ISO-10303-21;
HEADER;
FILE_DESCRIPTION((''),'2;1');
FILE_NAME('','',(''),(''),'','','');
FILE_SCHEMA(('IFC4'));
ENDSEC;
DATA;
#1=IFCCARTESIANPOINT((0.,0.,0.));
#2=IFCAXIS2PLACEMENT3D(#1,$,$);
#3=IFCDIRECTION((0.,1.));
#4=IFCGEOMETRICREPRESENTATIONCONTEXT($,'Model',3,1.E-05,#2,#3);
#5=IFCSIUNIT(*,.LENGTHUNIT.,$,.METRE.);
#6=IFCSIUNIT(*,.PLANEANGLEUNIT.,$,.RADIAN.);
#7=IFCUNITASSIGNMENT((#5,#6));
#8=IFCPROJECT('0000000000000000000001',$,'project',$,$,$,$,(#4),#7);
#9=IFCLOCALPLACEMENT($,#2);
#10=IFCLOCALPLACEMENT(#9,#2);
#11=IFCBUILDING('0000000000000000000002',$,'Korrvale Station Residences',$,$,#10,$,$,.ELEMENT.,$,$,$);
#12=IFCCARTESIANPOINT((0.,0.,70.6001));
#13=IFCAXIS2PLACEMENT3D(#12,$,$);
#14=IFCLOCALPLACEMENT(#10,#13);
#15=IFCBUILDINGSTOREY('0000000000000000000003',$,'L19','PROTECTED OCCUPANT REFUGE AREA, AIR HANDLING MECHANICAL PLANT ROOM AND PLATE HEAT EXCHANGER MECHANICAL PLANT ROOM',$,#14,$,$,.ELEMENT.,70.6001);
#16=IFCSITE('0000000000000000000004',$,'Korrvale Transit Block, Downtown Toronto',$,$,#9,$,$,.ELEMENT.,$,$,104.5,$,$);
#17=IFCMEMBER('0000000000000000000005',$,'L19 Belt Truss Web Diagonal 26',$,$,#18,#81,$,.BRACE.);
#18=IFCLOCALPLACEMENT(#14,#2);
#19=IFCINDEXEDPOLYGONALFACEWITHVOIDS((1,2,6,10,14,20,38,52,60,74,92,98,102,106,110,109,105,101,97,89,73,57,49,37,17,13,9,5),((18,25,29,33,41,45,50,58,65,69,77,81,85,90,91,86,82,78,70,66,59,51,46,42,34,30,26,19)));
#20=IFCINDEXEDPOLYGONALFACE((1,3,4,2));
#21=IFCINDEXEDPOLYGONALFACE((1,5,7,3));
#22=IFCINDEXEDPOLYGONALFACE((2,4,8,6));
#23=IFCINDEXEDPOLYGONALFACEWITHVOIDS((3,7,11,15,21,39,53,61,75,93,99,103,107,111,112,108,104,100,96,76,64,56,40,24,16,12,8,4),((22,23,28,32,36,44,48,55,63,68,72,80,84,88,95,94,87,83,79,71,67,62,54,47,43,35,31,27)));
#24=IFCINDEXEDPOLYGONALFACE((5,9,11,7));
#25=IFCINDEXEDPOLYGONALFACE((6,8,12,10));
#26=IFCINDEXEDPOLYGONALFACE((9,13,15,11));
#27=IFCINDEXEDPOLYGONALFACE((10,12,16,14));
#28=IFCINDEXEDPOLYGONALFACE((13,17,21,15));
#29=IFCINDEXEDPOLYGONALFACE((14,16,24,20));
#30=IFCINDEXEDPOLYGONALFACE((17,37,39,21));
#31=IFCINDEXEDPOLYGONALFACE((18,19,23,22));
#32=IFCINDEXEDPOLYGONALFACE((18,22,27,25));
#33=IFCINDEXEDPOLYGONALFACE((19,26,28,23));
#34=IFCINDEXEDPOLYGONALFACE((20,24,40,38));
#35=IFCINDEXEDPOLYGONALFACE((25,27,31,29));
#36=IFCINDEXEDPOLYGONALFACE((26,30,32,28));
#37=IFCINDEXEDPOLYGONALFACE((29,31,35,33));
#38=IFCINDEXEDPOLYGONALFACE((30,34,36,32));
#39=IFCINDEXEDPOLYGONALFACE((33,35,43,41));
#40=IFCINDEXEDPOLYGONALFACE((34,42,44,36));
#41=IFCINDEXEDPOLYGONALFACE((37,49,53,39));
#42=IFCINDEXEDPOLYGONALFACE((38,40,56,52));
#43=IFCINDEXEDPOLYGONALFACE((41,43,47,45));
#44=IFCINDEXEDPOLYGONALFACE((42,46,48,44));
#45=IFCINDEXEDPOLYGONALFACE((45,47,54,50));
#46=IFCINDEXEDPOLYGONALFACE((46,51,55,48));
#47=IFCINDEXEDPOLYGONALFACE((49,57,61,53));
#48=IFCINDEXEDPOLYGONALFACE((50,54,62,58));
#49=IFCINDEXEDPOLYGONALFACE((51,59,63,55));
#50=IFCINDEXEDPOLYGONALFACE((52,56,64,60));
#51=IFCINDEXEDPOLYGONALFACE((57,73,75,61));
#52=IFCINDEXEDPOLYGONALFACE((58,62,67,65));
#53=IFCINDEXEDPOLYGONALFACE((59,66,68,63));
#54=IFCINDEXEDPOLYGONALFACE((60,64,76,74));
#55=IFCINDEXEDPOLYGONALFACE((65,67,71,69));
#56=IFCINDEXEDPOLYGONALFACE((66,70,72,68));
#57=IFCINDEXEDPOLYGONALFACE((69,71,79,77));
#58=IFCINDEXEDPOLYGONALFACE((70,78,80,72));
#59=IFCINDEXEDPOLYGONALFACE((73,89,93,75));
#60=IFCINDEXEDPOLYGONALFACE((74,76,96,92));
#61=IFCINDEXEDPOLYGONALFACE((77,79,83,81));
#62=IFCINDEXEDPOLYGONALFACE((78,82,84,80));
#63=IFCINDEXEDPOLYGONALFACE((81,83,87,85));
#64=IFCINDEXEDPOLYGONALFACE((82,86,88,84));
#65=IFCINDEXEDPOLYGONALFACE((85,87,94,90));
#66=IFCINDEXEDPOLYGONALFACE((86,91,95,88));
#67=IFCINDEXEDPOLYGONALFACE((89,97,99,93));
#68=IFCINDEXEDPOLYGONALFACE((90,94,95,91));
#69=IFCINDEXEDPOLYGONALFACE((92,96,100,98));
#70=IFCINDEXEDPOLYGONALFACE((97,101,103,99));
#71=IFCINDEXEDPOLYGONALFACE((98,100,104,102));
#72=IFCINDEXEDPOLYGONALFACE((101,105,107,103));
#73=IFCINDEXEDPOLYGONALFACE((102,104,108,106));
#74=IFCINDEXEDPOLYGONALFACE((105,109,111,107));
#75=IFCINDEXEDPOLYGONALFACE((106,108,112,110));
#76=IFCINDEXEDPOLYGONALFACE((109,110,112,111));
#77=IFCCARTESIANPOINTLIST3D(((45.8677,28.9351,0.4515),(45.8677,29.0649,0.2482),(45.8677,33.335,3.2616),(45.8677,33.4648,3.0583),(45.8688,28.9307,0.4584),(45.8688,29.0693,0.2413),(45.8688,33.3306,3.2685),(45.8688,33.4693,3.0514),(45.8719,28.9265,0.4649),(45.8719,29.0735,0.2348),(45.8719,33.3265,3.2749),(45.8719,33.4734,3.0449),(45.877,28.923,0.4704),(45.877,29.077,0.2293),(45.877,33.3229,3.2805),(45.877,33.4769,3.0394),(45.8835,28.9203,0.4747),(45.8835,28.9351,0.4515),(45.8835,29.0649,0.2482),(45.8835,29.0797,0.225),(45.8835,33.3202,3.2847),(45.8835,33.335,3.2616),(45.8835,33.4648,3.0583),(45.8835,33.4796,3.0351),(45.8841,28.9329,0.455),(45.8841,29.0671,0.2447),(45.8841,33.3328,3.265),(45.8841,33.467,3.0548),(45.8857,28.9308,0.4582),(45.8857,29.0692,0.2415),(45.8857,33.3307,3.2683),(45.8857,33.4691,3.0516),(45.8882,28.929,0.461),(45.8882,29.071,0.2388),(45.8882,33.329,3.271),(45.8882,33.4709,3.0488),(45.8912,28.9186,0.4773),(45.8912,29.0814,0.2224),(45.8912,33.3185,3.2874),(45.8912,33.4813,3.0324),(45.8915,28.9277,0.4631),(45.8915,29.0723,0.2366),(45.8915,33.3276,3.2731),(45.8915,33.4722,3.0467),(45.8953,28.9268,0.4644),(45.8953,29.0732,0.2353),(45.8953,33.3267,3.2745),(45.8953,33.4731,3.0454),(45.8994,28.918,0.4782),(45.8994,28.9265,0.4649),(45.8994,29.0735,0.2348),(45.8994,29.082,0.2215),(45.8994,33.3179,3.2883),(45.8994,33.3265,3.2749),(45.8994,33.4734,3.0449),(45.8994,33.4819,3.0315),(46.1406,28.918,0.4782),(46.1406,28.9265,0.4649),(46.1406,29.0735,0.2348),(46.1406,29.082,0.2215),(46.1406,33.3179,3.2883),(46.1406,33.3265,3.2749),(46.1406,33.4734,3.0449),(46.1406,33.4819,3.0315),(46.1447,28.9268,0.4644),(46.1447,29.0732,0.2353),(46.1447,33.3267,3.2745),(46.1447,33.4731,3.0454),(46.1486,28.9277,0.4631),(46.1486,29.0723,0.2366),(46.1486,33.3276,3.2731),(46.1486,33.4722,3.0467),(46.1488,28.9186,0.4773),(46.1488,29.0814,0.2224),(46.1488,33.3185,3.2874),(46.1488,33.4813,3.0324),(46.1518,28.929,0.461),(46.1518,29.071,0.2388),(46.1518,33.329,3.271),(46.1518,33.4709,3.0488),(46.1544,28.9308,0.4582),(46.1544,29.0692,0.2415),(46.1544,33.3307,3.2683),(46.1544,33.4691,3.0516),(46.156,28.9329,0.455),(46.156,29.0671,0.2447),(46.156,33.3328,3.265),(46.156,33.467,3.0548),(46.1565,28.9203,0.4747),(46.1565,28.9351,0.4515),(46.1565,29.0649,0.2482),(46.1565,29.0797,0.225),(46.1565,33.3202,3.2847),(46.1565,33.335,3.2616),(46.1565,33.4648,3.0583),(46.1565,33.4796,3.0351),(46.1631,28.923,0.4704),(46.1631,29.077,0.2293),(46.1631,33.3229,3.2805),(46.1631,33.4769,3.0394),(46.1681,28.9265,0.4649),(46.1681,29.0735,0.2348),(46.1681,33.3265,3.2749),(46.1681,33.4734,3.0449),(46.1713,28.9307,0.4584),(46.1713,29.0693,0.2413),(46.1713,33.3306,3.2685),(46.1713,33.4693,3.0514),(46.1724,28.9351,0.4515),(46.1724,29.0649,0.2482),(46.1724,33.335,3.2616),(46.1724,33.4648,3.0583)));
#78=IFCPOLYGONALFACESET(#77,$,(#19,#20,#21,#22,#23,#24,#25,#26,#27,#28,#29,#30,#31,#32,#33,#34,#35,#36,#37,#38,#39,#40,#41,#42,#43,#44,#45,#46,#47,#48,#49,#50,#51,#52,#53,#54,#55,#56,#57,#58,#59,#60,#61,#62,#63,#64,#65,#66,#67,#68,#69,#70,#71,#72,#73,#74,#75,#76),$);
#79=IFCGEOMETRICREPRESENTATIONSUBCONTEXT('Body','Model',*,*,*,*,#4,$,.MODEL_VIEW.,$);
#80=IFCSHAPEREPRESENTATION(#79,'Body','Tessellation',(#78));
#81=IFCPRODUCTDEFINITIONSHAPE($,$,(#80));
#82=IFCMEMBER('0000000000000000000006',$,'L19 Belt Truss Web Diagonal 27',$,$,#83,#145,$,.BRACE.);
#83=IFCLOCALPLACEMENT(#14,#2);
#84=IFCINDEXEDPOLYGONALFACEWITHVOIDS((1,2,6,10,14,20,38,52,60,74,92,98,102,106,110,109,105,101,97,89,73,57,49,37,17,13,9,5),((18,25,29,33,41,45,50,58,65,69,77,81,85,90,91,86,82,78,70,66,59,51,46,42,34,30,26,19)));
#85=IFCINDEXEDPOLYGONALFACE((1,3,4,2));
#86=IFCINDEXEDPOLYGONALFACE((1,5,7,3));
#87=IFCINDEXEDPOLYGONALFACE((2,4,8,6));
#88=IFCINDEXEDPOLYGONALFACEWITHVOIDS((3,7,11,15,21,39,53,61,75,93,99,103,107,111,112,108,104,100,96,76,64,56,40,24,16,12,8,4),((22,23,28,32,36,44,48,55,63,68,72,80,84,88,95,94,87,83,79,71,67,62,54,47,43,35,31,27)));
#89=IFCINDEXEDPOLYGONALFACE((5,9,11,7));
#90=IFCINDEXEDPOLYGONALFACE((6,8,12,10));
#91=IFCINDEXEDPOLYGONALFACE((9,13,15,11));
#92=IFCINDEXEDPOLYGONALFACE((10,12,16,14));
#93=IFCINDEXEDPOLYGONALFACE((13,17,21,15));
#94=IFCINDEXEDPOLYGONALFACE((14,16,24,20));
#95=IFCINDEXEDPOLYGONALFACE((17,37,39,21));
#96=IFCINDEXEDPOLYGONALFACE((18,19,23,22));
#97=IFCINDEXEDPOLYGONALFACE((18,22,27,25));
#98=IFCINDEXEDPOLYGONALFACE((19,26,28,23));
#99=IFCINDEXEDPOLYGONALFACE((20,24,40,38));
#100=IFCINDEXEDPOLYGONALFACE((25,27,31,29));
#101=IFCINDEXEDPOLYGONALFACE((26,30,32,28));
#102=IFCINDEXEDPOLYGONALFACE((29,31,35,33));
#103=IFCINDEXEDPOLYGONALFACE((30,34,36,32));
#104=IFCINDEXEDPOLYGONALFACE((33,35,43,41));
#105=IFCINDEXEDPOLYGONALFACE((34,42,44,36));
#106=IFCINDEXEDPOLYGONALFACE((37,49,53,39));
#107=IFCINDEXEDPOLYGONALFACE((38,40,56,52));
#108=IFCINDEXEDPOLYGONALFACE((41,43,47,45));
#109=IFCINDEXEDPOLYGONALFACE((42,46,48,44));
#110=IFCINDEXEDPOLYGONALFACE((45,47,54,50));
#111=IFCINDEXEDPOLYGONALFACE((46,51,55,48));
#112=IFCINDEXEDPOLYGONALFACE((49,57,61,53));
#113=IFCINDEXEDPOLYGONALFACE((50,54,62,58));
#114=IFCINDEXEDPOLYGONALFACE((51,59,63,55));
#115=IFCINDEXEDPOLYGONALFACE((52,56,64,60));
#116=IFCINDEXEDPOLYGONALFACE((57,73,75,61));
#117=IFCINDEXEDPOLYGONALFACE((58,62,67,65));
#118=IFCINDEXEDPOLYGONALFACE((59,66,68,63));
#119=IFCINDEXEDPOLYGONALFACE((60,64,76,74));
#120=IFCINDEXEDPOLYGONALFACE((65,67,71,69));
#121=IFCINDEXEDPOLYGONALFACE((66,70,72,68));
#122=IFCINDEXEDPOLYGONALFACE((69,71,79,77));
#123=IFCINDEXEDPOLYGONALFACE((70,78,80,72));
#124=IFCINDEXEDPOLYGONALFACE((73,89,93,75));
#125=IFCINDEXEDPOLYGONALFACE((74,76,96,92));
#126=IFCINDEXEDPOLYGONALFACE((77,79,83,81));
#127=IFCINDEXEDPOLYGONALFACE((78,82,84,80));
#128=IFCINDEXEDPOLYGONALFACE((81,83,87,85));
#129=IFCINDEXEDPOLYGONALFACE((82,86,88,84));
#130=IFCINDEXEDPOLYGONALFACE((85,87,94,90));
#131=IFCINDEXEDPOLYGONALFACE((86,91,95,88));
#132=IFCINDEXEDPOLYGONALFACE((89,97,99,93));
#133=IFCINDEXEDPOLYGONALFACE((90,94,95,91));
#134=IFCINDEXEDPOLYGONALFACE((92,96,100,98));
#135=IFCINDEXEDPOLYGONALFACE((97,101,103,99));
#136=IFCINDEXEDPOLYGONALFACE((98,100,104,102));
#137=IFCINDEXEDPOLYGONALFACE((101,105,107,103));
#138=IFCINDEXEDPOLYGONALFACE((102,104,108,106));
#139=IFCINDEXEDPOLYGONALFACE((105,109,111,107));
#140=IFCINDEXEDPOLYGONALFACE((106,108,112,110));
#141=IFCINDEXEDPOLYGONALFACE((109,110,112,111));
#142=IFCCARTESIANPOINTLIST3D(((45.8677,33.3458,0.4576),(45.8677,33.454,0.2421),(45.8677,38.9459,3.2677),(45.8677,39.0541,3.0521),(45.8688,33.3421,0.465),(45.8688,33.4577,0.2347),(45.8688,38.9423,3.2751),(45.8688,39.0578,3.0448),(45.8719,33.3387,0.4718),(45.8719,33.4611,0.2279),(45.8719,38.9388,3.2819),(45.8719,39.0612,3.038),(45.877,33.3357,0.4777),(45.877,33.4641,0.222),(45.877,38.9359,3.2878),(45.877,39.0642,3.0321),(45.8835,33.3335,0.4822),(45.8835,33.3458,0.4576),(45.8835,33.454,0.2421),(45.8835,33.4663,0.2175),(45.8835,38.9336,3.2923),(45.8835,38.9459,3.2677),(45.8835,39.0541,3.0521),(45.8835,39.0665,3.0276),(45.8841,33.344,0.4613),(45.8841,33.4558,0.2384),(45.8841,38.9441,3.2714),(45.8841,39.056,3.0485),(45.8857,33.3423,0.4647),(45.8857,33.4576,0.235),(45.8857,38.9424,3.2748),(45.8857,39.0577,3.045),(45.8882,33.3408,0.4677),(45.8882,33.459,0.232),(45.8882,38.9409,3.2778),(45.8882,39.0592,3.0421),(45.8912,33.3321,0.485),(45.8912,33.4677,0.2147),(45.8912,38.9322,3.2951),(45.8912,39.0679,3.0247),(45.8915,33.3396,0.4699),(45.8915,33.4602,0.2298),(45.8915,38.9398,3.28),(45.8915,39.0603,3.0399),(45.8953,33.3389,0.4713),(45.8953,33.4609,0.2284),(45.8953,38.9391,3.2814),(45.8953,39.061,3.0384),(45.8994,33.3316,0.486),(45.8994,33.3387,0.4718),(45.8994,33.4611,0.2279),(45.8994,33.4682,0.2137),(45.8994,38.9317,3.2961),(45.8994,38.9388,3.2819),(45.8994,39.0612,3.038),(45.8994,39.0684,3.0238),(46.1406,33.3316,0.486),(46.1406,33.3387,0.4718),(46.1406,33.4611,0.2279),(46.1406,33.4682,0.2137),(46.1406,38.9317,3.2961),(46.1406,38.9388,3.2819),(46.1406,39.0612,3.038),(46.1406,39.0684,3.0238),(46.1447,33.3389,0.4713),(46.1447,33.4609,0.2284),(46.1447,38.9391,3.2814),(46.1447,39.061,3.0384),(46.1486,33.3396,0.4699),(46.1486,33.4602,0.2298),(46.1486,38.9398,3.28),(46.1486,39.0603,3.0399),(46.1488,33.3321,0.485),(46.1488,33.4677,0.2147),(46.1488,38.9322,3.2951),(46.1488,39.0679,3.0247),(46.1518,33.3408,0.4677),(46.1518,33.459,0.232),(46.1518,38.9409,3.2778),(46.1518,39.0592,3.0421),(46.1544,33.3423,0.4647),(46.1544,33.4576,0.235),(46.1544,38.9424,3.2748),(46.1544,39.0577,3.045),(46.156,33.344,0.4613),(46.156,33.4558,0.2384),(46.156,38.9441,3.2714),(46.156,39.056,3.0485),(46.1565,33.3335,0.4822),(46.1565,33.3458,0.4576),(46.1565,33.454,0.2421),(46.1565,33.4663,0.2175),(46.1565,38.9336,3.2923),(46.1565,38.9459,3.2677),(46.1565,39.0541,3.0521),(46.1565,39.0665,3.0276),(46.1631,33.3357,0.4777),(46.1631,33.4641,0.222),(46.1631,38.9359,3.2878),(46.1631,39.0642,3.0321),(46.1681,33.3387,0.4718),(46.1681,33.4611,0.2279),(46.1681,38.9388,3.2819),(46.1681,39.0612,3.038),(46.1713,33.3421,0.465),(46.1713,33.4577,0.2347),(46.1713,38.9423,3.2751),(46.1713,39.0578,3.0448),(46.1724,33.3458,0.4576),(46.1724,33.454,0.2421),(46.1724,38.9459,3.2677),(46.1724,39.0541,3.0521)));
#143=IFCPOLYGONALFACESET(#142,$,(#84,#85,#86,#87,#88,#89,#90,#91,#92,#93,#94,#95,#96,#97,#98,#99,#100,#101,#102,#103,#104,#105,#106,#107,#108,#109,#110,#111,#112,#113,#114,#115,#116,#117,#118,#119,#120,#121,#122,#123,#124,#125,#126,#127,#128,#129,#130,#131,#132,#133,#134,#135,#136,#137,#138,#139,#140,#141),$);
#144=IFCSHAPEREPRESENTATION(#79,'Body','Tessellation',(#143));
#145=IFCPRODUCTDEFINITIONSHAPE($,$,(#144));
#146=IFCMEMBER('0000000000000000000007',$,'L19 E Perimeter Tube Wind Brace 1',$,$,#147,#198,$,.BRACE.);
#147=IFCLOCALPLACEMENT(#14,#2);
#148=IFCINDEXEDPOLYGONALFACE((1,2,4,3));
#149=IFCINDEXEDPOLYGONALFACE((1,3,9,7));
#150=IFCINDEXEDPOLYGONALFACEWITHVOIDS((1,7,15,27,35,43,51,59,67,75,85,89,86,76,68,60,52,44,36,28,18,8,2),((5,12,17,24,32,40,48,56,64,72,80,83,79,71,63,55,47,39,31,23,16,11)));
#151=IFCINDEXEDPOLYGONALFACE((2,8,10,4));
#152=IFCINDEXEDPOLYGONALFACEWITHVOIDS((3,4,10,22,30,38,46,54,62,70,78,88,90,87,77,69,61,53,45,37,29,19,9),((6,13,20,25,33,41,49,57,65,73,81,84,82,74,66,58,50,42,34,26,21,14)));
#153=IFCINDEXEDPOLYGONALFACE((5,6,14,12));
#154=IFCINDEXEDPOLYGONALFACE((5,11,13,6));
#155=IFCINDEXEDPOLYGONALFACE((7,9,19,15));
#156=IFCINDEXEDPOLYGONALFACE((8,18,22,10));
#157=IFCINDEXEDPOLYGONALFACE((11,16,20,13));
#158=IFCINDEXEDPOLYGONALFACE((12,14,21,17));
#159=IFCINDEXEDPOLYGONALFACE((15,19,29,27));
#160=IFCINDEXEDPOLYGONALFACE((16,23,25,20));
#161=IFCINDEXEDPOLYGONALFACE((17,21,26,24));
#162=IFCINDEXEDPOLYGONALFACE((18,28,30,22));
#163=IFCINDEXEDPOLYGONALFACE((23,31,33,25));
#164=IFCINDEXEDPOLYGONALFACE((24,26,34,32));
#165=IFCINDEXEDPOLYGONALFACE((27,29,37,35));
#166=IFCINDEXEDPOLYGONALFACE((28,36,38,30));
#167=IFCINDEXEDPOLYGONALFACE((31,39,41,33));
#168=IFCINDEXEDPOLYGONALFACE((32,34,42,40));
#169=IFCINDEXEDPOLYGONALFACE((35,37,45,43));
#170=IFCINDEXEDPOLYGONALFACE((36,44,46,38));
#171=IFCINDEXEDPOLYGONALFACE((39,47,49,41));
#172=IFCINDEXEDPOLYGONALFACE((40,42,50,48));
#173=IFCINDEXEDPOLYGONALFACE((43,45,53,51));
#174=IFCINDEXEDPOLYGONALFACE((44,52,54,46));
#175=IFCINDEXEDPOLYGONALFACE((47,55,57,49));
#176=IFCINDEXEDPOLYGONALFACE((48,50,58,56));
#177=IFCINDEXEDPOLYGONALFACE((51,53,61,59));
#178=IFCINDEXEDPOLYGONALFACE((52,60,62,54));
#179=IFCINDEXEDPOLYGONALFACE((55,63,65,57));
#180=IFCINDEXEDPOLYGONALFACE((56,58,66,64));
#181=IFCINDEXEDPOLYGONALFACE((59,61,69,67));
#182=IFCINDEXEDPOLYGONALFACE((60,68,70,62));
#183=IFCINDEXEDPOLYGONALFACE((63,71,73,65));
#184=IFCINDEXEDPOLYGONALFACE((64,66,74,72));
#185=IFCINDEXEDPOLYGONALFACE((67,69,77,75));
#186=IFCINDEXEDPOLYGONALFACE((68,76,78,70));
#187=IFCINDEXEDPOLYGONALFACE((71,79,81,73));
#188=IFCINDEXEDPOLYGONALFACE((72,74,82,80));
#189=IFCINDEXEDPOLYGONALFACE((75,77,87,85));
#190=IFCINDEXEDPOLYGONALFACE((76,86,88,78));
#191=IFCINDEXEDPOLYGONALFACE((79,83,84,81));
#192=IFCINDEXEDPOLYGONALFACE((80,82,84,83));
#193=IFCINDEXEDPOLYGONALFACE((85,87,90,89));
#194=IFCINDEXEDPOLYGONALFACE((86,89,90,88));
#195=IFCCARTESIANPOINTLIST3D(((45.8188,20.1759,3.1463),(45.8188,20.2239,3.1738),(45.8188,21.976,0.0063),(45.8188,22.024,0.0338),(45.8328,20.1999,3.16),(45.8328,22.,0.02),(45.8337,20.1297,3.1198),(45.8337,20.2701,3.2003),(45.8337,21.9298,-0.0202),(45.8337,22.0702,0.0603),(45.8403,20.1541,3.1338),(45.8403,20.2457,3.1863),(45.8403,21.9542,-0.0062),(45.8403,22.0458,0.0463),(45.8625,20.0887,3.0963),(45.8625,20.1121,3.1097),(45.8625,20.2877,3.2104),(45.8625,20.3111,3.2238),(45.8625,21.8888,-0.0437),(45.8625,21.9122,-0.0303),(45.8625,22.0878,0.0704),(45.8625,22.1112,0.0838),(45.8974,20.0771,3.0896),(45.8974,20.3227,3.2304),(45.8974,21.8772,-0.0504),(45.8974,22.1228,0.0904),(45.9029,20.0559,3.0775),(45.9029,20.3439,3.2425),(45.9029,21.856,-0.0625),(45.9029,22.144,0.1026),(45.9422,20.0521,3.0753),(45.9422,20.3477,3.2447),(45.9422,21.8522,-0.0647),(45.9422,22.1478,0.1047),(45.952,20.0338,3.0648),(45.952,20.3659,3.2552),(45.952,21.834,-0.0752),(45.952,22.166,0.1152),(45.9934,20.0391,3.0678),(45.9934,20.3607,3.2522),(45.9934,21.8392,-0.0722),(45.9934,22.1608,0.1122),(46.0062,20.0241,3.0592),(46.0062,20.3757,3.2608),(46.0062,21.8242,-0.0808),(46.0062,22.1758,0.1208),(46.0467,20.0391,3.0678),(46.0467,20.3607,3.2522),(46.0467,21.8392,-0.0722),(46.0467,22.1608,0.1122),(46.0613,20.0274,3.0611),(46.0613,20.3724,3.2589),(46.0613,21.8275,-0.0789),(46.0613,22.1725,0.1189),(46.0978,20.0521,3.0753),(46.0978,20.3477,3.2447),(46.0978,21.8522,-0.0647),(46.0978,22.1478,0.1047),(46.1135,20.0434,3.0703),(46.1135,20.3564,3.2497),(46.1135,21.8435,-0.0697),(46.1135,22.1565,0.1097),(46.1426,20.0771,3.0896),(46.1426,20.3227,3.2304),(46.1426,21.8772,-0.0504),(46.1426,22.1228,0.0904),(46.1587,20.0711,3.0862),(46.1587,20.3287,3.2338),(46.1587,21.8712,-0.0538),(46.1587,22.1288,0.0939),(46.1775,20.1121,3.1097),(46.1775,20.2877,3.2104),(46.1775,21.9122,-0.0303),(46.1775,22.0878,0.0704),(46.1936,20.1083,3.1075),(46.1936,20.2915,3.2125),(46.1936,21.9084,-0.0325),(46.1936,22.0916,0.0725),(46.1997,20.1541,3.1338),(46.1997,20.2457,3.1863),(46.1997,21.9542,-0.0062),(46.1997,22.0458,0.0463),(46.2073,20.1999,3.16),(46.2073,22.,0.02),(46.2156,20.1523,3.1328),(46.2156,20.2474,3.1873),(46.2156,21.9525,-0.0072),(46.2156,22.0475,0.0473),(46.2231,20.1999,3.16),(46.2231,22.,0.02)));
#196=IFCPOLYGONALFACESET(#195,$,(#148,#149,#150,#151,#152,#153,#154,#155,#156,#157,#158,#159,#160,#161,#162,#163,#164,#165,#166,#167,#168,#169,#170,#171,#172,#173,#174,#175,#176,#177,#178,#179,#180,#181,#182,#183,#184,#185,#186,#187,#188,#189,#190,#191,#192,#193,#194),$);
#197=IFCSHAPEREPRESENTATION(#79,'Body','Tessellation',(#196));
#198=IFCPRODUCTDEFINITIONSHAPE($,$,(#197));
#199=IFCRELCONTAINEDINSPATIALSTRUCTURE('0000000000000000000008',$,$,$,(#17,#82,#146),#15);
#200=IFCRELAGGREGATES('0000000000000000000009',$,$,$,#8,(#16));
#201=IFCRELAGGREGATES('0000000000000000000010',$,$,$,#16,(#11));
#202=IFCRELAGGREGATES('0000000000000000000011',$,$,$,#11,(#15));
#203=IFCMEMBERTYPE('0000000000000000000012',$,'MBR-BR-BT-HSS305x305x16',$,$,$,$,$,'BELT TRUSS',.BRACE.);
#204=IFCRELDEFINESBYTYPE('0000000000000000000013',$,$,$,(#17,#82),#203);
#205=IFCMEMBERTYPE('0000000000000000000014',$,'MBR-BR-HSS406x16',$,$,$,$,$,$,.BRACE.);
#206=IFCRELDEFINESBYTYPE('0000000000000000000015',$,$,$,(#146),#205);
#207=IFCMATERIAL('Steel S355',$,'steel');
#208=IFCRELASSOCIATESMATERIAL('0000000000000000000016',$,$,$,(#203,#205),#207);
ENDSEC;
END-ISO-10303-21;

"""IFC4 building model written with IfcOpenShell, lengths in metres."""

from ifc_helpers import new_model, si_unit, direction, frame, origin, origin_2d, place, context, subcontext, project, spatial, hollow_rectangle, hollow_circle, extrude, material, material_profile, profile_set, type_object, element, save


model = new_model("IFC4")

# Units and contexts
model_context = context("Model", 3, precision=1e-05, world=origin(), true_north=direction((0.0, 1.0)))
body_context = subcontext(model_context, "Body", "Model", "MODEL_VIEW")
ifc_project = project(units=[si_unit("LENGTHUNIT", "METRE"), si_unit("PLANEANGLEUNIT", "RADIAN")], contexts=[model_context])

# Site, building, storey
site_placement = place(None, origin())
site = spatial("IfcSite", under=ifc_project, at=site_placement, Name="Korrvale Transit Block, Downtown Toronto", CompositionType="ELEMENT", RefElevation=104.5)
building_placement = place(site_placement, origin())
building = spatial("IfcBuilding", under=site, at=building_placement, Name="Korrvale Station Residences", CompositionType="ELEMENT")
storey_placement = place(building_placement, frame((0.0, 0.0, 70.6001)))
storey = spatial("IfcBuildingStorey", under=building, at=storey_placement, Name="L19", Description="PROTECTED OCCUPANT REFUGE AREA, AIR HANDLING MECHANICAL PLANT ROOM AND PLATE HEAT EXCHANGER MECHANICAL PLANT ROOM", CompositionType="ELEMENT", Elevation=70.6001)

# Members
ifc_material_1 = material(Name="Steel S355", Category="steel")
ifc_material_profile_1 = material_profile(ifc_material_1, hollow_rectangle(XDim=0.3047, YDim=0.3047, WallThickness=0.0159, InnerFilletRadius=0.0159, OuterFilletRadius=0.0317, at=origin_2d()), Name="HSS305x305x16")
ifc_profile_set_1 = profile_set([ifc_material_profile_1], Name="Steel S355")
member_type_1 = type_object("IfcMemberType", Name="MBR-BR-BT-HSS305x305x16", ElementType="BELT TRUSS", PredefinedType="BRACE", material=ifc_profile_set_1)
member_1_placement = place(storey_placement, frame((46.02, 29.0, 0.3499), z_axis=(0.0, 0.842782, 0.538255), x_axis=(-1.0, 0.0, 0.0)))
element("IfcMember", 1, at=member_1_placement, inside=storey, type_object=member_type_1, Name="L19 Belt Truss Web Diagonal 26", PredefinedType="BRACE", context=body_context, shape_type="SweptSolid", body=[
    extrude(hollow_rectangle(XDim=0.3047, YDim=0.3047, WallThickness=0.0159, InnerFilletRadius=0.0159, OuterFilletRadius=0.0317, at=origin_2d()), origin(), (0.0, 0.0, 1.0), 5.2207),
])
member_2_placement = place(storey_placement, frame((46.02, 33.3999, 0.3499), z_axis=(0.0, 0.893787, 0.448491), x_axis=(-1.0, 0.0, 0.0)))
element("IfcMember", 2, at=member_2_placement, inside=storey, type_object=member_type_1, Name="L19 Belt Truss Web Diagonal 27", PredefinedType="BRACE", context=body_context, shape_type="SweptSolid", body=[
    extrude(hollow_rectangle(XDim=0.3047, YDim=0.3047, WallThickness=0.0159, InnerFilletRadius=0.0159, OuterFilletRadius=0.0317, at=origin_2d()), origin(), (0.0, 0.0, 1.0), 6.2656),
])
ifc_material_profile_2 = material_profile(ifc_material_1, hollow_circle(Radius=0.2031, WallThickness=0.0159, at=origin_2d()), Name="HSS406x16")
ifc_profile_set_2 = profile_set([ifc_material_profile_2], Name="Steel S355")
member_type_2 = type_object("IfcMemberType", Name="MBR-BR-HSS406x16", PredefinedType="BRACE", material=ifc_profile_set_2)
for number, where, z_axis, x_axis, name in (
    (3, (46.02, 22.0, 0.02), (0.0, -0.497352, 0.867549), (1.0, 0.0, 0.0), "L19 E Perimeter Tube Wind Brace 1"),
):
    element("IfcMember", number, at=place(storey_placement, frame(where, z_axis=z_axis, x_axis=x_axis)), inside=storey, type_object=member_type_2, Name=name, PredefinedType="BRACE", context=body_context, shape_type="SweptSolid", body=[
        extrude(hollow_circle(Radius=0.2031, WallThickness=0.0159, at=origin_2d()), origin(), (0.0, 0.0, 1.0), 3.6194),
    ])

save(model, "model.ifc")
